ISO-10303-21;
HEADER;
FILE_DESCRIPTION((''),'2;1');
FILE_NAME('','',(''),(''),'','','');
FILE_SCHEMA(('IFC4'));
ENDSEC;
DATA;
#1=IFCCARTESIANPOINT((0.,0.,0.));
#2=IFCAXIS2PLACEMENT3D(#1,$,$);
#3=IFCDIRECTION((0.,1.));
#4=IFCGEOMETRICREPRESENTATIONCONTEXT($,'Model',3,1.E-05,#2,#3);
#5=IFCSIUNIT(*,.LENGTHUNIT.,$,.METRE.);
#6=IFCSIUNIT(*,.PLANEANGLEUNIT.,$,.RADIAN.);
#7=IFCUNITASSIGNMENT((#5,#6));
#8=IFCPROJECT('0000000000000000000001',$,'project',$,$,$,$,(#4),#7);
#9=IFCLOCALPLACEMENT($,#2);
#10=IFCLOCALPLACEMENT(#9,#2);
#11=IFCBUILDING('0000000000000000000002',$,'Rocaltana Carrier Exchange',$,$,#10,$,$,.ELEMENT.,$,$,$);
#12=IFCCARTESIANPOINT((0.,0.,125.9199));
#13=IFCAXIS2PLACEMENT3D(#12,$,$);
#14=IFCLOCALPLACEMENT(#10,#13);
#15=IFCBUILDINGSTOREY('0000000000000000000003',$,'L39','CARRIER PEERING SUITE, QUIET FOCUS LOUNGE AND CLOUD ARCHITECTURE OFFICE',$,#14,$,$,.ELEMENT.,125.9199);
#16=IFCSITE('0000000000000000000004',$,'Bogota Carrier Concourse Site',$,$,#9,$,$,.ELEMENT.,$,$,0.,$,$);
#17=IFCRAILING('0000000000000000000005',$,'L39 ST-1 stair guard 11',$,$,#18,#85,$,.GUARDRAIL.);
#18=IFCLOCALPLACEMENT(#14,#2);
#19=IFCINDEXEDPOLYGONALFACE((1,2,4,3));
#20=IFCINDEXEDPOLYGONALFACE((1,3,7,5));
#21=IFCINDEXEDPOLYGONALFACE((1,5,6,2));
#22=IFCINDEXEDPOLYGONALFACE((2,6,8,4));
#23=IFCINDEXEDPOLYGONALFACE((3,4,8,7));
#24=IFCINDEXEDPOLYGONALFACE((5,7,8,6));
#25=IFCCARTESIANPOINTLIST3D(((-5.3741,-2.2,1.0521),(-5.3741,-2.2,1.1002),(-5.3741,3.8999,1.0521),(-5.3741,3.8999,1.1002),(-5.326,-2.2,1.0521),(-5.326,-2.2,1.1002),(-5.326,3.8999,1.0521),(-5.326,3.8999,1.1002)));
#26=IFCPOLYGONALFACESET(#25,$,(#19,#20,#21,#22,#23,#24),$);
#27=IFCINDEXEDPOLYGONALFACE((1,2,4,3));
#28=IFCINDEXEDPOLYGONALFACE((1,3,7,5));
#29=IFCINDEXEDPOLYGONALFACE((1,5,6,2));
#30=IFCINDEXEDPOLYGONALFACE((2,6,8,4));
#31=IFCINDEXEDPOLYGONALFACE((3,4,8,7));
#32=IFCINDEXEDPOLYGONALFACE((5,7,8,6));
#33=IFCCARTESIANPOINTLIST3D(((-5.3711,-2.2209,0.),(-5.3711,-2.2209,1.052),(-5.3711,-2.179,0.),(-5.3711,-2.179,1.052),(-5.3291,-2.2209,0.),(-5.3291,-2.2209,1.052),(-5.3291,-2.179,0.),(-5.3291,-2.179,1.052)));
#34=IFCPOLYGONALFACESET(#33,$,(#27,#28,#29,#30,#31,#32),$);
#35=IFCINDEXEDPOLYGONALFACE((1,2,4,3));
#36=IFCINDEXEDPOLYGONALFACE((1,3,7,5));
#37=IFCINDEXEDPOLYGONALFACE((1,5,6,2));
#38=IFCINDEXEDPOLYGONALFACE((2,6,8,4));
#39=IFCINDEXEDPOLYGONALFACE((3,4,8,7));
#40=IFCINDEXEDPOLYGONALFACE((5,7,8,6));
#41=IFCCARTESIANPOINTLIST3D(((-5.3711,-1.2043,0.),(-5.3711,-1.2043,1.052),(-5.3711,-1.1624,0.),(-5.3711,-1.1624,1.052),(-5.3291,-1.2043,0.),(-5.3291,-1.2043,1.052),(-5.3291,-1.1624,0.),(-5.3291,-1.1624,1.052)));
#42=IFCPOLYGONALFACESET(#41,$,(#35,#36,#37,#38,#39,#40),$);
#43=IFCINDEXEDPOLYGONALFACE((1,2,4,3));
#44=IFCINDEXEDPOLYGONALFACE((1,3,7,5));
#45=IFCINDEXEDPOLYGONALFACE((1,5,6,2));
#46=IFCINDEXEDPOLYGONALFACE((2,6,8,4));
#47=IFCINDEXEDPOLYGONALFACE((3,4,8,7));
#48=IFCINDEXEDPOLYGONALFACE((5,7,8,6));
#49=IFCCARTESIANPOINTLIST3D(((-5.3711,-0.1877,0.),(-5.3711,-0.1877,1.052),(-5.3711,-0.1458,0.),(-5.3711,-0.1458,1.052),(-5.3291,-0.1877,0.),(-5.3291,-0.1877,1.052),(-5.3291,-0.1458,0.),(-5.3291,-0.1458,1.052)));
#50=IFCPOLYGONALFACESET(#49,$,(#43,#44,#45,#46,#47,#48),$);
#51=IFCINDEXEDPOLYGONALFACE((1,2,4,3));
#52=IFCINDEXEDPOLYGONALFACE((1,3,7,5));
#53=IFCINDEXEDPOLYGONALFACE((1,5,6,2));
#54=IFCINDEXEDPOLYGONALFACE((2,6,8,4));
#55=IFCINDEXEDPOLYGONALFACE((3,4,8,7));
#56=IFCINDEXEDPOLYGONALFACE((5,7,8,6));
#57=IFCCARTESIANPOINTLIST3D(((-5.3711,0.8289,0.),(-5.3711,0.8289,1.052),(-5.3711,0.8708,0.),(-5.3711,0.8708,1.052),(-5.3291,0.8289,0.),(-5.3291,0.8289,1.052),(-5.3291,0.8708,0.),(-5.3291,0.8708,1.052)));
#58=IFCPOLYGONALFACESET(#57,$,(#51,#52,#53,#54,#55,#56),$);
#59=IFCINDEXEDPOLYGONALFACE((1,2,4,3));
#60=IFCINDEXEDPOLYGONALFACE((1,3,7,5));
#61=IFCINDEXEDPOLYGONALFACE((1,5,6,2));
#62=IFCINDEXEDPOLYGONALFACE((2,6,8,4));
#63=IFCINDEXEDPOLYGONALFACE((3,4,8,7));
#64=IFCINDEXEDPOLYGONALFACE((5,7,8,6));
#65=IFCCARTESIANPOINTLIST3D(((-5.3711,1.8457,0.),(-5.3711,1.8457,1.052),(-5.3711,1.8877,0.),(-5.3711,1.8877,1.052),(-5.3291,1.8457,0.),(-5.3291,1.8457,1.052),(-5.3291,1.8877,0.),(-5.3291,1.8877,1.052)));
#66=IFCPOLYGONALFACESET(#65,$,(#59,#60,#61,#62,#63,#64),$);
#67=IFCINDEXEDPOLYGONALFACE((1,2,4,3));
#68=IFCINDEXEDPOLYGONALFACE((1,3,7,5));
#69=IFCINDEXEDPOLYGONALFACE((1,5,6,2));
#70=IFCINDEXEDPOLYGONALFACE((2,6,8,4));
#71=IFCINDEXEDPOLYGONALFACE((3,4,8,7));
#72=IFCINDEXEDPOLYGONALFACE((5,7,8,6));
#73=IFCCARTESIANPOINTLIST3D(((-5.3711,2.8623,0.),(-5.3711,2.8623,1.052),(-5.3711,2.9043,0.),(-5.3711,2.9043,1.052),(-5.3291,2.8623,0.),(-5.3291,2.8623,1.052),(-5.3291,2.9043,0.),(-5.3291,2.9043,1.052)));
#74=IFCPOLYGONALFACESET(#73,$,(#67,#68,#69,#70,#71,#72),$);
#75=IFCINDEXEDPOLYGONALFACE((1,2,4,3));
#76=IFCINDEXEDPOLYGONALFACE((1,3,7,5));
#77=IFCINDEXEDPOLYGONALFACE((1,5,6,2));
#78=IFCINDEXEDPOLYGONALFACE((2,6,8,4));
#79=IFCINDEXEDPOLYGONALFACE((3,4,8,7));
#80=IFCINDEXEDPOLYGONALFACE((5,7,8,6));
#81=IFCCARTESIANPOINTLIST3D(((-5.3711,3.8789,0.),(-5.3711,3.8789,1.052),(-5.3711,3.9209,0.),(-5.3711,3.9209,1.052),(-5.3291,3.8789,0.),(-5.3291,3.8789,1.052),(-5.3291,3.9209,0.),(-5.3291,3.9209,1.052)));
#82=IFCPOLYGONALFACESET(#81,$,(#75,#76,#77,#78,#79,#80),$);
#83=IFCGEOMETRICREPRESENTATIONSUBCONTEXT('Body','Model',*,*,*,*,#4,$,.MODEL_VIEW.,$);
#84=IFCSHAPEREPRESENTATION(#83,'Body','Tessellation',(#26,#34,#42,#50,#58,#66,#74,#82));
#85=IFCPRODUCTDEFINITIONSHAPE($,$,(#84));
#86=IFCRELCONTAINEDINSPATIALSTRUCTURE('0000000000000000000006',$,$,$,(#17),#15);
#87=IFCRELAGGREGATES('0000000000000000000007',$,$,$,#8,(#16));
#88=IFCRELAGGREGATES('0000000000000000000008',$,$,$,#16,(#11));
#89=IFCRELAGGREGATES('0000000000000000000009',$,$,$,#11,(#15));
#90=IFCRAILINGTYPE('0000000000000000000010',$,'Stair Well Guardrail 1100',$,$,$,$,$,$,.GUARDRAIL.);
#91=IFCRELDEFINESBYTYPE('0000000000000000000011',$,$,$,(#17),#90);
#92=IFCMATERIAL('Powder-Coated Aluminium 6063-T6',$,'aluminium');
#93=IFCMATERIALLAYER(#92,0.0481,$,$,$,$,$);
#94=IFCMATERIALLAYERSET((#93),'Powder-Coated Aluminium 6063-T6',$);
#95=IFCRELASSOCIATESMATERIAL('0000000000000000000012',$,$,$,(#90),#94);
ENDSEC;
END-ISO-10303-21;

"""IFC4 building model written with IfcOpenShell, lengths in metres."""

from ifc_helpers import new_model, si_unit, direction, frame, origin, origin_2d, place, context, subcontext, project, spatial, rectangle, extrude, material, layer, layer_set, type_object, element, save


model = new_model("IFC4")

# Units and contexts
model_context = context("Model", 3, precision=1e-05, world=origin(), true_north=direction((0.0, 1.0)))
body_context = subcontext(model_context, "Body", "Model", "MODEL_VIEW")
ifc_project = project(units=[si_unit("LENGTHUNIT", "METRE"), si_unit("PLANEANGLEUNIT", "RADIAN")], contexts=[model_context])

# Site, building, storey
site_placement = place(None, origin())
site = spatial("IfcSite", under=ifc_project, at=site_placement, Name="Bogota Carrier Concourse Site", CompositionType="ELEMENT", RefElevation=0.0)
building_placement = place(site_placement, origin())
building = spatial("IfcBuilding", under=site, at=building_placement, Name="Rocaltana Carrier Exchange", CompositionType="ELEMENT")
storey_placement = place(building_placement, frame((0.0, 0.0, 125.9199)))
storey = spatial("IfcBuildingStorey", under=building, at=storey_placement, Name="L39", Description="CARRIER PEERING SUITE, QUIET FOCUS LOUNGE AND CLOUD ARCHITECTURE OFFICE", CompositionType="ELEMENT", Elevation=125.9199)

# Railing
ifc_material_1 = material(Name="Powder-Coated Aluminium 6063-T6", Category="aluminium")
ifc_layer_1 = layer(ifc_material_1, 0.0481)
ifc_layer_set_1 = layer_set([ifc_layer_1], Name="Powder-Coated Aluminium 6063-T6")
railing_type_1 = type_object("IfcRailingType", Name="Stair Well Guardrail 1100", PredefinedType="GUARDRAIL", material=ifc_layer_set_1)
for number, where, name in (
    (1, (-5.3501, -2.2, 0.0), "L39 ST-1 stair guard 11"),
):
    element("IfcRailing", number, at=place(storey_placement, frame(where)), inside=storey, type_object=railing_type_1, Name=name, PredefinedType="GUARDRAIL", context=body_context, shape_type="SweptSolid", body=[
        extrude(rectangle(XDim=0.0481, YDim=0.0481, at=origin_2d()), frame((0.0, 0.0, 1.0762), z_axis=(0.0, 1.0, 0.0), x_axis=(-1.0, 0.0, 0.0)), (0.0, 0.0, 1.0), 6.0999),
        extrude(rectangle(XDim=0.042, YDim=0.042, at=origin_2d()), origin(), (0.0, 0.0, 1.0), 1.052),
        extrude(rectangle(XDim=0.042, YDim=0.042, at=origin_2d()), frame((0.0, 1.0166, 0.0)), (0.0, 0.0, 1.0), 1.052),
        extrude(rectangle(XDim=0.042, YDim=0.042, at=origin_2d()), frame((0.0, 2.0332, 0.0)), (0.0, 0.0, 1.0), 1.052),
        extrude(rectangle(XDim=0.042, YDim=0.042, at=origin_2d()), frame((0.0, 3.0498, 0.0)), (0.0, 0.0, 1.0), 1.052),
        extrude(rectangle(XDim=0.042, YDim=0.042, at=origin_2d()), frame((0.0, 4.0667, 0.0)), (0.0, 0.0, 1.0), 1.052),
        extrude(rectangle(XDim=0.042, YDim=0.042, at=origin_2d()), frame((0.0, 5.0833, 0.0)), (0.0, 0.0, 1.0), 1.052),
        extrude(rectangle(XDim=0.042, YDim=0.042, at=origin_2d()), frame((0.0, 6.0999, 0.0)), (0.0, 0.0, 1.0), 1.052),
    ])

save(model, "model.ifc")
